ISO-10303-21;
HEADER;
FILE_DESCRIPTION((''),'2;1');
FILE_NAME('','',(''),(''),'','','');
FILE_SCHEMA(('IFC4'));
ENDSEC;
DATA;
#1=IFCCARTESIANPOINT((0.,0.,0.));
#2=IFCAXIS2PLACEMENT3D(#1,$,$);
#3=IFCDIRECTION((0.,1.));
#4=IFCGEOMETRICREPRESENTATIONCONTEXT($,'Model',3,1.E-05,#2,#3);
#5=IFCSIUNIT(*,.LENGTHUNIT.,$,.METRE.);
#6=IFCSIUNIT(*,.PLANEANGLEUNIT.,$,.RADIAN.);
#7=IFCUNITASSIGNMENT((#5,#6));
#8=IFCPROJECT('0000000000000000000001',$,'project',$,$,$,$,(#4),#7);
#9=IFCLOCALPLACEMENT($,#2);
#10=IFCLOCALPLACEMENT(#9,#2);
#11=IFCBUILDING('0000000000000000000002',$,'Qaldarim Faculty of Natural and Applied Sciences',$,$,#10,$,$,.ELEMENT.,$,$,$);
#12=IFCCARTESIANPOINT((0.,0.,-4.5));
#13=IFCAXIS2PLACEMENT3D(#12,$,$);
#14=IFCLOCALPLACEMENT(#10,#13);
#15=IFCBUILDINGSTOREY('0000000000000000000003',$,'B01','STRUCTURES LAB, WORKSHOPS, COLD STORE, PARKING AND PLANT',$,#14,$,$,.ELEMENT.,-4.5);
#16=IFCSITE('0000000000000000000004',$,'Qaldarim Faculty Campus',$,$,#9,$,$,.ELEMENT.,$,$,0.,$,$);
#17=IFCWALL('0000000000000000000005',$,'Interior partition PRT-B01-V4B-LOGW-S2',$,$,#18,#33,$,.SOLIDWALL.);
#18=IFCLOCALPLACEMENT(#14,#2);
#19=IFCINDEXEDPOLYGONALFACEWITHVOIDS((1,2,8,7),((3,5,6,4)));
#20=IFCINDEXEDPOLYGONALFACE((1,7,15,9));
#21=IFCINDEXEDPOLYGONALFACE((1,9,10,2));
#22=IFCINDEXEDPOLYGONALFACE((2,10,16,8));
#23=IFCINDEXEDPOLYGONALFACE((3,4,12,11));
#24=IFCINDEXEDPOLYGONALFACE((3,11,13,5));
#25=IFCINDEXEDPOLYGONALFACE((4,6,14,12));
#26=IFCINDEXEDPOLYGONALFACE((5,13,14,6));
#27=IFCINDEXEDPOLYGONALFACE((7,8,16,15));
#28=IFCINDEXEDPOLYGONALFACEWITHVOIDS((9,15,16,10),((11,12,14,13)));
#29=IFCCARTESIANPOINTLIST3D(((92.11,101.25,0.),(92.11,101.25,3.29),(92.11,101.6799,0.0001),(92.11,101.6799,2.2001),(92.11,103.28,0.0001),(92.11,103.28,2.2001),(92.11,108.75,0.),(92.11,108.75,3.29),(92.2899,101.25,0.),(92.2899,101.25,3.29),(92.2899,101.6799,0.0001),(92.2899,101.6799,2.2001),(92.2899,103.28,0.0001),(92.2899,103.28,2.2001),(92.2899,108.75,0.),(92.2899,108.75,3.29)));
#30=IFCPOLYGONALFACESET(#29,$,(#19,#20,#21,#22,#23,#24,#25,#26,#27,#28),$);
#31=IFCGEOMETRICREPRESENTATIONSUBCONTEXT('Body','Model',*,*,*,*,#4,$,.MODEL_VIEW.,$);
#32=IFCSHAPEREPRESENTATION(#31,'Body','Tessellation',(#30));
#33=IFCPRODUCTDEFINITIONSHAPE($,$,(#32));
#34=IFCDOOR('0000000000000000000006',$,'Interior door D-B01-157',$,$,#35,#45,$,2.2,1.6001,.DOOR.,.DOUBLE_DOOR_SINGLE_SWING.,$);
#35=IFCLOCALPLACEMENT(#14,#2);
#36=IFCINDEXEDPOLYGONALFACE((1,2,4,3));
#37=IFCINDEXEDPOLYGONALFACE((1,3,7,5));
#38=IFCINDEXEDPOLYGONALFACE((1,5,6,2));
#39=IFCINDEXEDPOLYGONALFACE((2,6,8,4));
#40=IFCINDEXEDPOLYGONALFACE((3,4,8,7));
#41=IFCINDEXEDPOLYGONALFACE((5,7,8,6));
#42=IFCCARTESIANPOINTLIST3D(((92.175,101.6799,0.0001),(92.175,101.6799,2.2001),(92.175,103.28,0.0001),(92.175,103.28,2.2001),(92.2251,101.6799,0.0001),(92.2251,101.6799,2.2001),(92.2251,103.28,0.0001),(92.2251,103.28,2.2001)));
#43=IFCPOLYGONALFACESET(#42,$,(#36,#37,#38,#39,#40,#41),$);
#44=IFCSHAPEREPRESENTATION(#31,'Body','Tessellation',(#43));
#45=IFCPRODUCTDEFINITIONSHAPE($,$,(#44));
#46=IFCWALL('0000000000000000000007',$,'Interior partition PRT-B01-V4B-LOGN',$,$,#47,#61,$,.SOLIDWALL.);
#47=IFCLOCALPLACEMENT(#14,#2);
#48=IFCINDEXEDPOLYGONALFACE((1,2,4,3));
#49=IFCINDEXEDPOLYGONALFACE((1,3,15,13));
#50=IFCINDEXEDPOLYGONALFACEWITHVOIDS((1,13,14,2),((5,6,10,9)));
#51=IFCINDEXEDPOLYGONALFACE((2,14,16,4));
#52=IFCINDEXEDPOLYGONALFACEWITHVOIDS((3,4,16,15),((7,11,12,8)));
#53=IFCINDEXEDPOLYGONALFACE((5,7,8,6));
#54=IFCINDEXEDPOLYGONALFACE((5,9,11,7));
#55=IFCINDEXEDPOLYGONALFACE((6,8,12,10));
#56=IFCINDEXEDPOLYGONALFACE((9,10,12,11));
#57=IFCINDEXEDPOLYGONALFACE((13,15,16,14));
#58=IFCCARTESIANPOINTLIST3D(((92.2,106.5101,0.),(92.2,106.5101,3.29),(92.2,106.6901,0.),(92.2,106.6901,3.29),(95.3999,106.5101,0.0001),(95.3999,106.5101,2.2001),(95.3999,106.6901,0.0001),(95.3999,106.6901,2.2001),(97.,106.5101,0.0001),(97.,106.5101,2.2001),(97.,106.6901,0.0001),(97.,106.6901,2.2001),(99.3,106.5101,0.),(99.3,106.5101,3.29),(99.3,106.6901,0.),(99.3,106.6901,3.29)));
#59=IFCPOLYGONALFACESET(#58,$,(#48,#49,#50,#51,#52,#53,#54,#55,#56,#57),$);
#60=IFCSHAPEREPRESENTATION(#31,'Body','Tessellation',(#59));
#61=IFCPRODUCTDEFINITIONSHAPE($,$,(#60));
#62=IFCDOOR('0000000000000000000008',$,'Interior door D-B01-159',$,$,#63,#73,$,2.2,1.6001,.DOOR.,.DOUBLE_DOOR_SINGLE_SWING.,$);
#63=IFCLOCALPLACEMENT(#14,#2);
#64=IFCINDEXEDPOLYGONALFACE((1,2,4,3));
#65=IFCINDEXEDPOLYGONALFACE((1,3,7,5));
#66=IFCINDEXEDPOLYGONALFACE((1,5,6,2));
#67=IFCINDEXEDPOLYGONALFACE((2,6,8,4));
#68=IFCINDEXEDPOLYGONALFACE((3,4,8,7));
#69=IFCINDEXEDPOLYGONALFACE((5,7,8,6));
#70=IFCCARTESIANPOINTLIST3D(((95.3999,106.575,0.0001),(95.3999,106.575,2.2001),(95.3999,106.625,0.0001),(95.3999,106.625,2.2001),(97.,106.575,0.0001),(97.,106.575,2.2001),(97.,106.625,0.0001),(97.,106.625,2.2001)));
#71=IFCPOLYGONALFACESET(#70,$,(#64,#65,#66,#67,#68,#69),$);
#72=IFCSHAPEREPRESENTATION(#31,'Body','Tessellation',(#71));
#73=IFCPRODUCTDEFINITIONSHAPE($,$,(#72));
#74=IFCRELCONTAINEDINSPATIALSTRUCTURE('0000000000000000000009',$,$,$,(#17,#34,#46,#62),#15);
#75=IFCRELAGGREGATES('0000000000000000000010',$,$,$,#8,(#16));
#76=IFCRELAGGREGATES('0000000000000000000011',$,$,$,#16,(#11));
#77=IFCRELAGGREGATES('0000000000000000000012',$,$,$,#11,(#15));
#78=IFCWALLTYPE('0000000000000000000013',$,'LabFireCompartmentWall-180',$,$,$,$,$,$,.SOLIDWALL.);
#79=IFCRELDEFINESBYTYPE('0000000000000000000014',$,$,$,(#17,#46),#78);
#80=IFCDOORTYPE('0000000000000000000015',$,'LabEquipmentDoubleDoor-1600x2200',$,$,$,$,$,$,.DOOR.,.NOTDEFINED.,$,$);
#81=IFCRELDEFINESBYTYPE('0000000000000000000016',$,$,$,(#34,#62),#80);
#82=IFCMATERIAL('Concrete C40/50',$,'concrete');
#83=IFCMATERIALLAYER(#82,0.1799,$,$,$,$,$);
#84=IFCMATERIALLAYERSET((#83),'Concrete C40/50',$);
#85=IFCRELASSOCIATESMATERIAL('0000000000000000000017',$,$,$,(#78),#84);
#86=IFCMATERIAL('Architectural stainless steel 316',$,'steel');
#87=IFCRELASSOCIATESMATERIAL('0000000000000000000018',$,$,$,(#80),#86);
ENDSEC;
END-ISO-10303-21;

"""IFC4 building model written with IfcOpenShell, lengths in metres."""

from ifc_helpers import new_model, si_unit, direction, frame, frame_2d, origin, place, context, subcontext, project, spatial, rectangle, extrude, material, layer, layer_set, type_object, element, fill, save


model = new_model("IFC4")

# Units and contexts
model_context = context("Model", 3, precision=1e-05, world=origin(), true_north=direction((0.0, 1.0)))
body_context = subcontext(model_context, "Body", "Model", "MODEL_VIEW")
ifc_project = project(units=[si_unit("LENGTHUNIT", "METRE"), si_unit("PLANEANGLEUNIT", "RADIAN")], contexts=[model_context])

# Site, building, storey
site_placement = place(None, origin())
site = spatial("IfcSite", under=ifc_project, at=site_placement, Name="Qaldarim Faculty Campus", CompositionType="ELEMENT", RefElevation=0.0)
building_placement = place(site_placement, origin())
building = spatial("IfcBuilding", under=site, at=building_placement, Name="Qaldarim Faculty of Natural and Applied Sciences", CompositionType="ELEMENT")
storey_placement = place(building_placement, frame((0.0, 0.0, -4.5)))
storey = spatial("IfcBuildingStorey", under=building, at=storey_placement, Name="B01", Description="STRUCTURES LAB, WORKSHOPS, COLD STORE, PARKING AND PLANT", CompositionType="ELEMENT", Elevation=-4.5)

# Shared definitions
ifc_material_1 = material(Name="Concrete C40/50", Category="concrete")

# Walls, openings, doors
ifc_layer_1 = layer(ifc_material_1, 0.1799)
ifc_layer_set_1 = layer_set([ifc_layer_1], Name="Concrete C40/50")
wall_type_1 = type_object("IfcWallType", Name="LabFireCompartmentWall-180", PredefinedType="SOLIDWALL", material=ifc_layer_set_1)
ifc_material_2 = material(Name="Architectural stainless steel 316", Category="steel")
door_type = type_object("IfcDoorType", Name="LabEquipmentDoubleDoor-1600x2200", OperationType="NOTDEFINED", PredefinedType="DOOR", material=ifc_material_2)
wall_1_placement = place(storey_placement, frame((92.2, 101.25, 0.0), z_axis=(0.0, 0.0, 1.0), x_axis=(0.0, 1.0, 0.0)))
wall_1 = element("IfcWall", 1, at=wall_1_placement, inside=storey, type_object=wall_type_1, Name="Interior partition PRT-B01-V4B-LOGW-S2", PredefinedType="SOLIDWALL", context=body_context, shape_type="SweptSolid", body=[
    extrude(rectangle(XDim=7.5, YDim=0.1799, at=frame_2d((3.75, 0.0))), origin(), (0.0, 0.0, 1.0), 3.29),
])
opening_1_placement = place(wall_1_placement, frame((0.4299, 0.0, 0.0)))
opening_1 = element("IfcOpeningElement", 2, at=opening_1_placement, cuts=wall_1, PredefinedType="OPENING", context=body_context, shape_type="SweptSolid", body=[
    extrude(rectangle(XDim=1.6001, YDim=2.2, at=frame_2d((0.8, 1.1001))), frame((0.0, 0.0999, 0.0), z_axis=(0.0, -1.0, 0.0), x_axis=(1.0, 0.0, 0.0)), (0.0, 0.0, 1.0), 0.2),
])
door_1_placement = place(opening_1_placement, origin())
door_1 = element("IfcDoor", 3, at=door_1_placement, inside=storey, type_object=door_type, Name="Interior door D-B01-157", OperationType="DOUBLE_DOOR_SINGLE_SWING", OverallHeight=2.2, OverallWidth=1.6001, PredefinedType="DOOR", context=body_context, shape_type="SweptSolid", body=[
    extrude(rectangle(XDim=1.6001, YDim=2.2, at=frame_2d((0.8, 1.1001))), frame((0.0, 0.0249, 0.0), z_axis=(0.0, -1.0, 0.0), x_axis=(1.0, 0.0, 0.0)), (0.0, 0.0, 1.0), 0.05),
])
fill(opening_1, door_1)
wall_2_placement = place(storey_placement, frame((92.2, 106.6001, 0.0), z_axis=(0.0, 0.0, 1.0), x_axis=(1.0, 0.0, 0.0)))
wall_2 = element("IfcWall", 4, at=wall_2_placement, inside=storey, type_object=wall_type_1, Name="Interior partition PRT-B01-V4B-LOGN", PredefinedType="SOLIDWALL", context=body_context, shape_type="SweptSolid", body=[
    extrude(rectangle(XDim=7.1001, YDim=0.1799, at=frame_2d((3.55, 0.0))), origin(), (0.0, 0.0, 1.0), 3.29),
])
opening_2_placement = place(wall_2_placement, frame((3.2, 0.0, 0.0)))
opening_2 = element("IfcOpeningElement", 5, at=opening_2_placement, cuts=wall_2, PredefinedType="OPENING", context=body_context, shape_type="SweptSolid", body=[
    extrude(rectangle(XDim=1.6001, YDim=2.2, at=frame_2d((0.8, 1.1001))), frame((0.0, 0.0999, 0.0), z_axis=(0.0, -1.0, 0.0), x_axis=(1.0, 0.0, 0.0)), (0.0, 0.0, 1.0), 0.2),
])
door_2_placement = place(opening_2_placement, origin())
door_2 = element("IfcDoor", 6, at=door_2_placement, inside=storey, type_object=door_type, Name="Interior door D-B01-159", OperationType="DOUBLE_DOOR_SINGLE_SWING", OverallHeight=2.2, OverallWidth=1.6001, PredefinedType="DOOR", context=body_context, shape_type="SweptSolid", body=[
    extrude(rectangle(XDim=1.6001, YDim=2.2, at=frame_2d((0.8, 1.1001))), frame((0.0, 0.0249, 0.0), z_axis=(0.0, -1.0, 0.0), x_axis=(1.0, 0.0, 0.0)), (0.0, 0.0, 1.0), 0.05),
])
fill(opening_2, door_2)

save(model, "model.ifc")
